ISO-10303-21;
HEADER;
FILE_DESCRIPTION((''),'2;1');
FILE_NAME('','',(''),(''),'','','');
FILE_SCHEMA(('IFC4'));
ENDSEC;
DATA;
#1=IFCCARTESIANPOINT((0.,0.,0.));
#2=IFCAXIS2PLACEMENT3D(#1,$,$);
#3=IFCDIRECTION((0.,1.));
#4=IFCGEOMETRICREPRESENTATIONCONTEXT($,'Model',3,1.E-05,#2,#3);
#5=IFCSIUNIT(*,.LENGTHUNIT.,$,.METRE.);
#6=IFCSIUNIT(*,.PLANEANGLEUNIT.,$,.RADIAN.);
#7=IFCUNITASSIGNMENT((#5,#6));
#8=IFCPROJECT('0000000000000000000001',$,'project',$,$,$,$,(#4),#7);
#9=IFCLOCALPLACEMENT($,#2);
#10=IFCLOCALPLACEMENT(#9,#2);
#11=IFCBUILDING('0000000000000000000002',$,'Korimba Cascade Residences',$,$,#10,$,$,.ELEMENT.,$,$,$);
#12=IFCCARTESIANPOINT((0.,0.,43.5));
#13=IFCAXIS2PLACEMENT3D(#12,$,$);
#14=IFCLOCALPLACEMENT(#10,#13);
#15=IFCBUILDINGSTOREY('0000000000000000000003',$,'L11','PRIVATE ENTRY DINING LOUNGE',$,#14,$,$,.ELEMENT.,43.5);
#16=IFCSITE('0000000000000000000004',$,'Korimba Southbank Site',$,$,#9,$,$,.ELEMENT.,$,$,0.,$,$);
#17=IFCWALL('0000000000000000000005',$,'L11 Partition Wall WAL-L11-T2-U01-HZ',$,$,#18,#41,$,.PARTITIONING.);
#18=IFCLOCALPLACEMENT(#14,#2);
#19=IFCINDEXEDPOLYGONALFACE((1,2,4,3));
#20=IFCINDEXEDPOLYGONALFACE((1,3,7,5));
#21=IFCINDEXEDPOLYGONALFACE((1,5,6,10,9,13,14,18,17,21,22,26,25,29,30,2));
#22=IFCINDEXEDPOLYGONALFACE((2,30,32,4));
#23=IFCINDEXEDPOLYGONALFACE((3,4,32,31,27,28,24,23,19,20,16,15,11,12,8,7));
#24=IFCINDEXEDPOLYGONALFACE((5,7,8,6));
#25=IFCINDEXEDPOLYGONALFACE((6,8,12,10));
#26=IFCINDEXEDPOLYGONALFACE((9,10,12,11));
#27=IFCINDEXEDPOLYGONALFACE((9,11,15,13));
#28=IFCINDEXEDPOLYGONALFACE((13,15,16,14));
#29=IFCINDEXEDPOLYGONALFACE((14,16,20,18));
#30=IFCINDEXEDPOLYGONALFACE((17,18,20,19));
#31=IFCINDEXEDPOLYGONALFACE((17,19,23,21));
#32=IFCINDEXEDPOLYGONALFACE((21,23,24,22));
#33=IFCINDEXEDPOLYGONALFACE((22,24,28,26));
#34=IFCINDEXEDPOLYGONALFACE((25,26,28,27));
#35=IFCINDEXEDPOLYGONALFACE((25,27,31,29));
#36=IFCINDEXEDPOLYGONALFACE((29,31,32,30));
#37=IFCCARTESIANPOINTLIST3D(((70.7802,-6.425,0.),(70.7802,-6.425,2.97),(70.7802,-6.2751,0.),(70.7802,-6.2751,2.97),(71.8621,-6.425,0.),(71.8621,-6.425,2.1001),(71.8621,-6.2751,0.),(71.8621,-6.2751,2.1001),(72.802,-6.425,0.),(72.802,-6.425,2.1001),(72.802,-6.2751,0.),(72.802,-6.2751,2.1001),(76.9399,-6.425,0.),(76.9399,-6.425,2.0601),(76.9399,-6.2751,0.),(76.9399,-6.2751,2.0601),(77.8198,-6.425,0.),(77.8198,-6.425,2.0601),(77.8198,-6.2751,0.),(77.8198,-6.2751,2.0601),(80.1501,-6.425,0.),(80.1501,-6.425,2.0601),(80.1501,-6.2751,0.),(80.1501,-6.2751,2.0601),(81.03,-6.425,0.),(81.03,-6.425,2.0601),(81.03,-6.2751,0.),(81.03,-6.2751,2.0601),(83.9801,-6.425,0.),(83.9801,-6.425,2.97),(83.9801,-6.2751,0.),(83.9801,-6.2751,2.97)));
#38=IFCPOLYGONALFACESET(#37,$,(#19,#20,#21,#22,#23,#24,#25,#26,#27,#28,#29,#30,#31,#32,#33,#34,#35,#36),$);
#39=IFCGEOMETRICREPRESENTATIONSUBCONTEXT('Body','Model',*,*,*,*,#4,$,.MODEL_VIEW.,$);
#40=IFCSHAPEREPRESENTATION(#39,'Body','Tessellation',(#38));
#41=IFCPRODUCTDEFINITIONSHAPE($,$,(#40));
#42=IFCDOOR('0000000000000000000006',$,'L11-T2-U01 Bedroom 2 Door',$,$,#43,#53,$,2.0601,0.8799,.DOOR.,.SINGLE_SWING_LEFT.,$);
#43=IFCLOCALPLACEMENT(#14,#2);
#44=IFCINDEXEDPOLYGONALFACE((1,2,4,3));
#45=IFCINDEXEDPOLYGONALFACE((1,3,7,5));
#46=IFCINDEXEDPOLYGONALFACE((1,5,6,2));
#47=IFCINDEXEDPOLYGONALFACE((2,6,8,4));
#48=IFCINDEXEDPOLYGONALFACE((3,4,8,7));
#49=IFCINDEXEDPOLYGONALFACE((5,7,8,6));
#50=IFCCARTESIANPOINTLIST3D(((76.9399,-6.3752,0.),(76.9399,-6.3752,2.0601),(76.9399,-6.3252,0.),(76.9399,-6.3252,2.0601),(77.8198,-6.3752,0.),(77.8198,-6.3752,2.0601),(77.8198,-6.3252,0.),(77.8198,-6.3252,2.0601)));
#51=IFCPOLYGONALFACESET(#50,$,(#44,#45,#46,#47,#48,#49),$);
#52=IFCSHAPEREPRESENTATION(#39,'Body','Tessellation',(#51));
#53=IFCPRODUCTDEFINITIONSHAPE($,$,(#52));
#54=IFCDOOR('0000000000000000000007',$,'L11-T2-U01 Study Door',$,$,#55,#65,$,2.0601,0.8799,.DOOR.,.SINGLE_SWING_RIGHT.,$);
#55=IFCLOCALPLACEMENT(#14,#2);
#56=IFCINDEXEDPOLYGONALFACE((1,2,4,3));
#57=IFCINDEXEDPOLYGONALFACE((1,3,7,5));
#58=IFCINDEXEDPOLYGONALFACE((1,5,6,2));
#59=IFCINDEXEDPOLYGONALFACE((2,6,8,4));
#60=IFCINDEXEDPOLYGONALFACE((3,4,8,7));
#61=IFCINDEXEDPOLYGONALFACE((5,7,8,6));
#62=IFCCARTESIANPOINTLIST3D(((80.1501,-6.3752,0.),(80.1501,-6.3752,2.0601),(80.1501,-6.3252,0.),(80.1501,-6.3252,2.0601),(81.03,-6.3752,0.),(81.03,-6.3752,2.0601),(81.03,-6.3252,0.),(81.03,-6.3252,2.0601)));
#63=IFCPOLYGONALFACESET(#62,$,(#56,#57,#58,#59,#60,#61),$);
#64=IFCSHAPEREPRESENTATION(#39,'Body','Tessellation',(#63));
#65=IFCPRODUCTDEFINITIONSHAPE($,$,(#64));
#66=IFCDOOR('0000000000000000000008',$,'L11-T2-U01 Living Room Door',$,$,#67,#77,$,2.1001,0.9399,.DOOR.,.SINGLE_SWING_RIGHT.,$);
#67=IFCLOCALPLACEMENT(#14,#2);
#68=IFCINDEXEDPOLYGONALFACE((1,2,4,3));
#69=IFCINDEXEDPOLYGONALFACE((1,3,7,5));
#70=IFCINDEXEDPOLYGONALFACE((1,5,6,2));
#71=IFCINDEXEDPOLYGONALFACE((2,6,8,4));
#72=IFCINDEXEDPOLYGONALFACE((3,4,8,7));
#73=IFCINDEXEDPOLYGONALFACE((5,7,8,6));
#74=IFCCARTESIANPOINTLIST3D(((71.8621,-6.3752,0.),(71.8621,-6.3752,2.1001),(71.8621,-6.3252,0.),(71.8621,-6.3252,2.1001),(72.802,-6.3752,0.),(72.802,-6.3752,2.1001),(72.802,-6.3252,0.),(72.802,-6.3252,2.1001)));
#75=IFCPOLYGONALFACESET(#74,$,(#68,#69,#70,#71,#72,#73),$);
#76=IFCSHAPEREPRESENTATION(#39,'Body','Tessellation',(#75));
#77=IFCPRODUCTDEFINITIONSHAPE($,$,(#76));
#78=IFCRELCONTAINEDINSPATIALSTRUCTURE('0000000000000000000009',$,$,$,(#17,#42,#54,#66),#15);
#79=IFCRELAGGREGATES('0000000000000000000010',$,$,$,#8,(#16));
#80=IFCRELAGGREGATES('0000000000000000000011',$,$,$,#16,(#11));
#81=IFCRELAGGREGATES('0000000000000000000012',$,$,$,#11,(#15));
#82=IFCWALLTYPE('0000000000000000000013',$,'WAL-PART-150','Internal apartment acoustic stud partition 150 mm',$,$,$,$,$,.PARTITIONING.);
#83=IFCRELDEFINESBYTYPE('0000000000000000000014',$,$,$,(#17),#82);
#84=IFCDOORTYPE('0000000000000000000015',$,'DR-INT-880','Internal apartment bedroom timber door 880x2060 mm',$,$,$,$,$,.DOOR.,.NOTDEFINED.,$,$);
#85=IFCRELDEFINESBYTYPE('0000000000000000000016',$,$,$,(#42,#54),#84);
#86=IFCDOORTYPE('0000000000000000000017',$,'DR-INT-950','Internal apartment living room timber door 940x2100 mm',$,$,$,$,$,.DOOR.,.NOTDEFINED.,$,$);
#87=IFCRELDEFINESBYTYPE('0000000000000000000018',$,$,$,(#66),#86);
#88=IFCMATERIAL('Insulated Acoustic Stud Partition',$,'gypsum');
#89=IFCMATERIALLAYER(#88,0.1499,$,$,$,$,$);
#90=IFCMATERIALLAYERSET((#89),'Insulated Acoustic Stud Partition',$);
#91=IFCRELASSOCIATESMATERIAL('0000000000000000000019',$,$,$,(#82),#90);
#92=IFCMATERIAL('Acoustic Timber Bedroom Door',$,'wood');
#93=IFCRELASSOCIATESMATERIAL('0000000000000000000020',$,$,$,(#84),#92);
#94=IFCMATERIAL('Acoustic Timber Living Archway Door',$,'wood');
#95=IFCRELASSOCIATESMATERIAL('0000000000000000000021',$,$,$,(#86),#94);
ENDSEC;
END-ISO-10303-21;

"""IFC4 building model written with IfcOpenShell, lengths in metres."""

from ifc_helpers import new_model, si_unit, direction, frame, frame_2d, origin, place, context, subcontext, project, spatial, rectangle, extrude, material, layer, layer_set, type_object, element, fill, save


model = new_model("IFC4")

# Units and contexts
model_context = context("Model", 3, precision=1e-05, world=origin(), true_north=direction((0.0, 1.0)))
body_context = subcontext(model_context, "Body", "Model", "MODEL_VIEW")
ifc_project = project(units=[si_unit("LENGTHUNIT", "METRE"), si_unit("PLANEANGLEUNIT", "RADIAN")], contexts=[model_context])

# Site, building, storey
site_placement = place(None, origin())
site = spatial("IfcSite", under=ifc_project, at=site_placement, Name="Korimba Southbank Site", CompositionType="ELEMENT", RefElevation=0.0)
building_placement = place(site_placement, origin())
building = spatial("IfcBuilding", under=site, at=building_placement, Name="Korimba Cascade Residences", CompositionType="ELEMENT")
storey_placement = place(building_placement, frame((0.0, 0.0, 43.5)))
storey = spatial("IfcBuildingStorey", under=building, at=storey_placement, Name="L11", Description="PRIVATE ENTRY DINING LOUNGE", CompositionType="ELEMENT", Elevation=43.5)

# Wall, openings, doors
ifc_material_1 = material(Name="Insulated Acoustic Stud Partition", Category="gypsum")
ifc_layer_1 = layer(ifc_material_1, 0.1499)
ifc_layer_set_1 = layer_set([ifc_layer_1], Name="Insulated Acoustic Stud Partition")
wall_type_1 = type_object("IfcWallType", Name="WAL-PART-150", Description="Internal apartment acoustic stud partition 150 mm", PredefinedType="PARTITIONING", material=ifc_layer_set_1)
wall_1_placement = place(storey_placement, frame((70.78, -6.3501, 0.0), z_axis=(0.0, 0.0, 1.0), x_axis=(1.0, 0.0, 0.0)))
wall_1 = element("IfcWall", 1, at=wall_1_placement, inside=storey, type_object=wall_type_1, Name="L11 Partition Wall WAL-L11-T2-U01-HZ", PredefinedType="PARTITIONING", context=body_context, shape_type="SweptSolid", body=[
    extrude(rectangle(XDim=13.2, YDim=0.1499, at=frame_2d((6.6001, 0.0))), origin(), (0.0, 0.0, 1.0), 2.97),
])
opening_1_placement = place(wall_1_placement, frame((1.082, 0.0, 0.0)))
opening_1 = element("IfcOpeningElement", 2, at=opening_1_placement, cuts=wall_1, PredefinedType="OPENING", context=body_context, shape_type="SweptSolid", body=[
    extrude(rectangle(XDim=0.9399, YDim=2.1001, at=frame_2d((0.47, 1.05))), frame((0.0, 0.085, 0.0), z_axis=(0.0, -1.0, 0.0), x_axis=(1.0, 0.0, 0.0)), (0.0, 0.0, 1.0), 0.1699),
])
opening_2_placement = place(wall_1_placement, frame((6.1599, 0.0, 0.0)))
opening_2 = element("IfcOpeningElement", 3, at=opening_2_placement, cuts=wall_1, PredefinedType="OPENING", context=body_context, shape_type="SweptSolid", body=[
    extrude(rectangle(XDim=0.8799, YDim=2.0601, at=frame_2d((0.4399, 1.03))), frame((0.0, 0.085, 0.0), z_axis=(0.0, -1.0, 0.0), x_axis=(1.0, 0.0, 0.0)), (0.0, 0.0, 1.0), 0.1699),
])
opening_3_placement = place(wall_1_placement, frame((9.3701, 0.0, 0.0)))
opening_3 = element("IfcOpeningElement", 4, at=opening_3_placement, cuts=wall_1, PredefinedType="OPENING", context=body_context, shape_type="SweptSolid", body=[
    extrude(rectangle(XDim=0.8799, YDim=2.0601, at=frame_2d((0.4399, 1.03))), frame((0.0, 0.085, 0.0), z_axis=(0.0, -1.0, 0.0), x_axis=(1.0, 0.0, 0.0)), (0.0, 0.0, 1.0), 0.1699),
])
ifc_material_2 = material(Name="Acoustic Timber Bedroom Door", Category="wood")
door_type_1 = type_object("IfcDoorType", Name="DR-INT-880", Description="Internal apartment bedroom timber door 880x2060 mm", OperationType="NOTDEFINED", PredefinedType="DOOR", material=ifc_material_2)
door_1_placement = place(opening_2_placement, origin())
door_1 = element("IfcDoor", 5, at=door_1_placement, inside=storey, type_object=door_type_1, Name="L11-T2-U01 Bedroom 2 Door", OperationType="SINGLE_SWING_LEFT", OverallHeight=2.0601, OverallWidth=0.8799, PredefinedType="DOOR", context=body_context, shape_type="SweptSolid", body=[
    extrude(rectangle(XDim=0.8799, YDim=2.0601, at=frame_2d((0.4399, 1.03))), frame((0.0, 0.0249, 0.0), z_axis=(0.0, -1.0, 0.0), x_axis=(1.0, 0.0, 0.0)), (0.0, 0.0, 1.0), 0.05),
])
fill(opening_2, door_1)
door_2_placement = place(opening_3_placement, origin())
door_2 = element("IfcDoor", 6, at=door_2_placement, inside=storey, type_object=door_type_1, Name="L11-T2-U01 Study Door", OperationType="SINGLE_SWING_RIGHT", OverallHeight=2.0601, OverallWidth=0.8799, PredefinedType="DOOR", context=body_context, shape_type="SweptSolid", body=[
    extrude(rectangle(XDim=0.8799, YDim=2.0601, at=frame_2d((0.4399, 1.03))), frame((0.0, 0.0249, 0.0), z_axis=(0.0, -1.0, 0.0), x_axis=(1.0, 0.0, 0.0)), (0.0, 0.0, 1.0), 0.05),
])
fill(opening_3, door_2)
ifc_material_3 = material(Name="Acoustic Timber Living Archway Door", Category="wood")
door_type_2 = type_object("IfcDoorType", Name="DR-INT-950", Description="Internal apartment living room timber door 940x2100 mm", OperationType="NOTDEFINED", PredefinedType="DOOR", material=ifc_material_3)
door_3_placement = place(opening_1_placement, origin())
door_3 = element("IfcDoor", 7, at=door_3_placement, inside=storey, type_object=door_type_2, Name="L11-T2-U01 Living Room Door", OperationType="SINGLE_SWING_RIGHT", OverallHeight=2.1001, OverallWidth=0.9399, PredefinedType="DOOR", context=body_context, shape_type="SweptSolid", body=[
    extrude(rectangle(XDim=0.9399, YDim=2.1001, at=frame_2d((0.47, 1.05))), frame((0.0, 0.0249, 0.0), z_axis=(0.0, -1.0, 0.0), x_axis=(1.0, 0.0, 0.0)), (0.0, 0.0, 1.0), 0.05),
])
fill(opening_1, door_3)

save(model, "model.ifc")
